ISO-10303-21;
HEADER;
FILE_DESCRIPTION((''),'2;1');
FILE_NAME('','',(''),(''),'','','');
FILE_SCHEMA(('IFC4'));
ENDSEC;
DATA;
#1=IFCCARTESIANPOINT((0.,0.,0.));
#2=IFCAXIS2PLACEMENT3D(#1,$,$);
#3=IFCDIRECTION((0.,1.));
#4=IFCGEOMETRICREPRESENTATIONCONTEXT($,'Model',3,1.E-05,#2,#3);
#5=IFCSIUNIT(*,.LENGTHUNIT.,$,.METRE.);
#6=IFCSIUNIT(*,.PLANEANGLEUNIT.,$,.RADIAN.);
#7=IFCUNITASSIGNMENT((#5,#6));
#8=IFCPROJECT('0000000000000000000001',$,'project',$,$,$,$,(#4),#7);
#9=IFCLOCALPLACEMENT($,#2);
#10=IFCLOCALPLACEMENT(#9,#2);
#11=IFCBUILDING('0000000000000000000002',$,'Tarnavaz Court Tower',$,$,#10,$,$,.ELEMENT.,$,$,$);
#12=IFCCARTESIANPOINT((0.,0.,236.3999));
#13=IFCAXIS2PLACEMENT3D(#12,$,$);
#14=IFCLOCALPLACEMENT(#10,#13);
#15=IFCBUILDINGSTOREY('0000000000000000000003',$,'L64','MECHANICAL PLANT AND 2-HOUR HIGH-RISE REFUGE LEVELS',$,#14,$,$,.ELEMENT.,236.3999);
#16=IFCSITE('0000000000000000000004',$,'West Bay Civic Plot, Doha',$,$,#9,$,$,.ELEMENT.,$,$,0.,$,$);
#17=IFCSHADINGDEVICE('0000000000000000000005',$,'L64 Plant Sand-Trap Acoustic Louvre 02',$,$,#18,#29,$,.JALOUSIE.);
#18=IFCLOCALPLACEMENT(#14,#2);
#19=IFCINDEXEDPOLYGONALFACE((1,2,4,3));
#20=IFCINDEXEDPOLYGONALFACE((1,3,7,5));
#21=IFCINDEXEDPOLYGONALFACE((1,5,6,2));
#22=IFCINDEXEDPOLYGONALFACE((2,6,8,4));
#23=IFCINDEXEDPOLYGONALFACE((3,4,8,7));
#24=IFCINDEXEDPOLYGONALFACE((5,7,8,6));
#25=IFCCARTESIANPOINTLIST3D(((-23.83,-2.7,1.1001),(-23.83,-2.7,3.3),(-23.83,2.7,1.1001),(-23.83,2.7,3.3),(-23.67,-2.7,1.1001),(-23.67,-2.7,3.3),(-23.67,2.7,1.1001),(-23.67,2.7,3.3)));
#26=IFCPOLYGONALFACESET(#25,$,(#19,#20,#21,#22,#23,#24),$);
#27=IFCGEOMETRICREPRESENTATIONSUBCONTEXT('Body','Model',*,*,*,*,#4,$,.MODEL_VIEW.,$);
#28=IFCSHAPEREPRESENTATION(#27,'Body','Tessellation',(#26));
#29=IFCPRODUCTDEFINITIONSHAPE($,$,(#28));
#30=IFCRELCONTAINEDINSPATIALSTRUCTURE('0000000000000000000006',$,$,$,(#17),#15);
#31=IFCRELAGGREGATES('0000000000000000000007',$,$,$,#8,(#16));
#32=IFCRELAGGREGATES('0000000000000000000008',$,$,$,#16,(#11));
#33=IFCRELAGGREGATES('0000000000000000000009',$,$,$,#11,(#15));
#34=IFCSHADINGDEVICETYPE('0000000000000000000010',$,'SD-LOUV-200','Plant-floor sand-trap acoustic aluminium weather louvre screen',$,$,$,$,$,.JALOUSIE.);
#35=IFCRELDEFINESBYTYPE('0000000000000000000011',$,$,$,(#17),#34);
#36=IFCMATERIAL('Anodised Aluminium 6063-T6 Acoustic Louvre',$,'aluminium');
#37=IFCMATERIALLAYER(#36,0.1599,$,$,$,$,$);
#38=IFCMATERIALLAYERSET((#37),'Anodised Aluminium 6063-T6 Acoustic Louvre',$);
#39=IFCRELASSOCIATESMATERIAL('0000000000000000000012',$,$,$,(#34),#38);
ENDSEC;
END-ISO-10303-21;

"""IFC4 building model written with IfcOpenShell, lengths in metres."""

from ifc_helpers import new_model, si_unit, direction, frame, origin, origin_2d, place, context, subcontext, project, spatial, rectangle, extrude, material, layer, layer_set, type_object, element, save


model = new_model("IFC4")

# Units and contexts
model_context = context("Model", 3, precision=1e-05, world=origin(), true_north=direction((0.0, 1.0)))
body_context = subcontext(model_context, "Body", "Model", "MODEL_VIEW")
ifc_project = project(units=[si_unit("LENGTHUNIT", "METRE"), si_unit("PLANEANGLEUNIT", "RADIAN")], contexts=[model_context])

# Site, building, storey
site_placement = place(None, origin())
site = spatial("IfcSite", under=ifc_project, at=site_placement, Name="West Bay Civic Plot, Doha", CompositionType="ELEMENT", RefElevation=0.0)
building_placement = place(site_placement, origin())
building = spatial("IfcBuilding", under=site, at=building_placement, Name="Tarnavaz Court Tower", CompositionType="ELEMENT")
storey_placement = place(building_placement, frame((0.0, 0.0, 236.3999)))
storey = spatial("IfcBuildingStorey", under=building, at=storey_placement, Name="L64", Description="MECHANICAL PLANT AND 2-HOUR HIGH-RISE REFUGE LEVELS", CompositionType="ELEMENT", Elevation=236.3999)

# Shading device
ifc_material_1 = material(Name="Anodised Aluminium 6063-T6 Acoustic Louvre", Category="aluminium")
ifc_layer_1 = layer(ifc_material_1, 0.1599)
ifc_layer_set_1 = layer_set([ifc_layer_1], Name="Anodised Aluminium 6063-T6 Acoustic Louvre")
shading_device_type = type_object("IfcShadingDeviceType", Name="SD-LOUV-200", Description="Plant-floor sand-trap acoustic aluminium weather louvre screen", PredefinedType="JALOUSIE", material=ifc_layer_set_1)
shading_device_placement = place(storey_placement, frame((-23.75, 0.0, 1.1001), z_axis=(0.0, 0.0, 1.0), x_axis=(0.0, 1.0, 0.0)))
element("IfcShadingDevice", 1, at=shading_device_placement, inside=storey, type_object=shading_device_type, Name="L64 Plant Sand-Trap Acoustic Louvre 02", PredefinedType="JALOUSIE", context=body_context, shape_type="SweptSolid", body=[
    extrude(rectangle(XDim=5.3999, YDim=0.1599, at=origin_2d()), origin(), (0.0, 0.0, 1.0), 2.2),
])

save(model, "model.ifc")
